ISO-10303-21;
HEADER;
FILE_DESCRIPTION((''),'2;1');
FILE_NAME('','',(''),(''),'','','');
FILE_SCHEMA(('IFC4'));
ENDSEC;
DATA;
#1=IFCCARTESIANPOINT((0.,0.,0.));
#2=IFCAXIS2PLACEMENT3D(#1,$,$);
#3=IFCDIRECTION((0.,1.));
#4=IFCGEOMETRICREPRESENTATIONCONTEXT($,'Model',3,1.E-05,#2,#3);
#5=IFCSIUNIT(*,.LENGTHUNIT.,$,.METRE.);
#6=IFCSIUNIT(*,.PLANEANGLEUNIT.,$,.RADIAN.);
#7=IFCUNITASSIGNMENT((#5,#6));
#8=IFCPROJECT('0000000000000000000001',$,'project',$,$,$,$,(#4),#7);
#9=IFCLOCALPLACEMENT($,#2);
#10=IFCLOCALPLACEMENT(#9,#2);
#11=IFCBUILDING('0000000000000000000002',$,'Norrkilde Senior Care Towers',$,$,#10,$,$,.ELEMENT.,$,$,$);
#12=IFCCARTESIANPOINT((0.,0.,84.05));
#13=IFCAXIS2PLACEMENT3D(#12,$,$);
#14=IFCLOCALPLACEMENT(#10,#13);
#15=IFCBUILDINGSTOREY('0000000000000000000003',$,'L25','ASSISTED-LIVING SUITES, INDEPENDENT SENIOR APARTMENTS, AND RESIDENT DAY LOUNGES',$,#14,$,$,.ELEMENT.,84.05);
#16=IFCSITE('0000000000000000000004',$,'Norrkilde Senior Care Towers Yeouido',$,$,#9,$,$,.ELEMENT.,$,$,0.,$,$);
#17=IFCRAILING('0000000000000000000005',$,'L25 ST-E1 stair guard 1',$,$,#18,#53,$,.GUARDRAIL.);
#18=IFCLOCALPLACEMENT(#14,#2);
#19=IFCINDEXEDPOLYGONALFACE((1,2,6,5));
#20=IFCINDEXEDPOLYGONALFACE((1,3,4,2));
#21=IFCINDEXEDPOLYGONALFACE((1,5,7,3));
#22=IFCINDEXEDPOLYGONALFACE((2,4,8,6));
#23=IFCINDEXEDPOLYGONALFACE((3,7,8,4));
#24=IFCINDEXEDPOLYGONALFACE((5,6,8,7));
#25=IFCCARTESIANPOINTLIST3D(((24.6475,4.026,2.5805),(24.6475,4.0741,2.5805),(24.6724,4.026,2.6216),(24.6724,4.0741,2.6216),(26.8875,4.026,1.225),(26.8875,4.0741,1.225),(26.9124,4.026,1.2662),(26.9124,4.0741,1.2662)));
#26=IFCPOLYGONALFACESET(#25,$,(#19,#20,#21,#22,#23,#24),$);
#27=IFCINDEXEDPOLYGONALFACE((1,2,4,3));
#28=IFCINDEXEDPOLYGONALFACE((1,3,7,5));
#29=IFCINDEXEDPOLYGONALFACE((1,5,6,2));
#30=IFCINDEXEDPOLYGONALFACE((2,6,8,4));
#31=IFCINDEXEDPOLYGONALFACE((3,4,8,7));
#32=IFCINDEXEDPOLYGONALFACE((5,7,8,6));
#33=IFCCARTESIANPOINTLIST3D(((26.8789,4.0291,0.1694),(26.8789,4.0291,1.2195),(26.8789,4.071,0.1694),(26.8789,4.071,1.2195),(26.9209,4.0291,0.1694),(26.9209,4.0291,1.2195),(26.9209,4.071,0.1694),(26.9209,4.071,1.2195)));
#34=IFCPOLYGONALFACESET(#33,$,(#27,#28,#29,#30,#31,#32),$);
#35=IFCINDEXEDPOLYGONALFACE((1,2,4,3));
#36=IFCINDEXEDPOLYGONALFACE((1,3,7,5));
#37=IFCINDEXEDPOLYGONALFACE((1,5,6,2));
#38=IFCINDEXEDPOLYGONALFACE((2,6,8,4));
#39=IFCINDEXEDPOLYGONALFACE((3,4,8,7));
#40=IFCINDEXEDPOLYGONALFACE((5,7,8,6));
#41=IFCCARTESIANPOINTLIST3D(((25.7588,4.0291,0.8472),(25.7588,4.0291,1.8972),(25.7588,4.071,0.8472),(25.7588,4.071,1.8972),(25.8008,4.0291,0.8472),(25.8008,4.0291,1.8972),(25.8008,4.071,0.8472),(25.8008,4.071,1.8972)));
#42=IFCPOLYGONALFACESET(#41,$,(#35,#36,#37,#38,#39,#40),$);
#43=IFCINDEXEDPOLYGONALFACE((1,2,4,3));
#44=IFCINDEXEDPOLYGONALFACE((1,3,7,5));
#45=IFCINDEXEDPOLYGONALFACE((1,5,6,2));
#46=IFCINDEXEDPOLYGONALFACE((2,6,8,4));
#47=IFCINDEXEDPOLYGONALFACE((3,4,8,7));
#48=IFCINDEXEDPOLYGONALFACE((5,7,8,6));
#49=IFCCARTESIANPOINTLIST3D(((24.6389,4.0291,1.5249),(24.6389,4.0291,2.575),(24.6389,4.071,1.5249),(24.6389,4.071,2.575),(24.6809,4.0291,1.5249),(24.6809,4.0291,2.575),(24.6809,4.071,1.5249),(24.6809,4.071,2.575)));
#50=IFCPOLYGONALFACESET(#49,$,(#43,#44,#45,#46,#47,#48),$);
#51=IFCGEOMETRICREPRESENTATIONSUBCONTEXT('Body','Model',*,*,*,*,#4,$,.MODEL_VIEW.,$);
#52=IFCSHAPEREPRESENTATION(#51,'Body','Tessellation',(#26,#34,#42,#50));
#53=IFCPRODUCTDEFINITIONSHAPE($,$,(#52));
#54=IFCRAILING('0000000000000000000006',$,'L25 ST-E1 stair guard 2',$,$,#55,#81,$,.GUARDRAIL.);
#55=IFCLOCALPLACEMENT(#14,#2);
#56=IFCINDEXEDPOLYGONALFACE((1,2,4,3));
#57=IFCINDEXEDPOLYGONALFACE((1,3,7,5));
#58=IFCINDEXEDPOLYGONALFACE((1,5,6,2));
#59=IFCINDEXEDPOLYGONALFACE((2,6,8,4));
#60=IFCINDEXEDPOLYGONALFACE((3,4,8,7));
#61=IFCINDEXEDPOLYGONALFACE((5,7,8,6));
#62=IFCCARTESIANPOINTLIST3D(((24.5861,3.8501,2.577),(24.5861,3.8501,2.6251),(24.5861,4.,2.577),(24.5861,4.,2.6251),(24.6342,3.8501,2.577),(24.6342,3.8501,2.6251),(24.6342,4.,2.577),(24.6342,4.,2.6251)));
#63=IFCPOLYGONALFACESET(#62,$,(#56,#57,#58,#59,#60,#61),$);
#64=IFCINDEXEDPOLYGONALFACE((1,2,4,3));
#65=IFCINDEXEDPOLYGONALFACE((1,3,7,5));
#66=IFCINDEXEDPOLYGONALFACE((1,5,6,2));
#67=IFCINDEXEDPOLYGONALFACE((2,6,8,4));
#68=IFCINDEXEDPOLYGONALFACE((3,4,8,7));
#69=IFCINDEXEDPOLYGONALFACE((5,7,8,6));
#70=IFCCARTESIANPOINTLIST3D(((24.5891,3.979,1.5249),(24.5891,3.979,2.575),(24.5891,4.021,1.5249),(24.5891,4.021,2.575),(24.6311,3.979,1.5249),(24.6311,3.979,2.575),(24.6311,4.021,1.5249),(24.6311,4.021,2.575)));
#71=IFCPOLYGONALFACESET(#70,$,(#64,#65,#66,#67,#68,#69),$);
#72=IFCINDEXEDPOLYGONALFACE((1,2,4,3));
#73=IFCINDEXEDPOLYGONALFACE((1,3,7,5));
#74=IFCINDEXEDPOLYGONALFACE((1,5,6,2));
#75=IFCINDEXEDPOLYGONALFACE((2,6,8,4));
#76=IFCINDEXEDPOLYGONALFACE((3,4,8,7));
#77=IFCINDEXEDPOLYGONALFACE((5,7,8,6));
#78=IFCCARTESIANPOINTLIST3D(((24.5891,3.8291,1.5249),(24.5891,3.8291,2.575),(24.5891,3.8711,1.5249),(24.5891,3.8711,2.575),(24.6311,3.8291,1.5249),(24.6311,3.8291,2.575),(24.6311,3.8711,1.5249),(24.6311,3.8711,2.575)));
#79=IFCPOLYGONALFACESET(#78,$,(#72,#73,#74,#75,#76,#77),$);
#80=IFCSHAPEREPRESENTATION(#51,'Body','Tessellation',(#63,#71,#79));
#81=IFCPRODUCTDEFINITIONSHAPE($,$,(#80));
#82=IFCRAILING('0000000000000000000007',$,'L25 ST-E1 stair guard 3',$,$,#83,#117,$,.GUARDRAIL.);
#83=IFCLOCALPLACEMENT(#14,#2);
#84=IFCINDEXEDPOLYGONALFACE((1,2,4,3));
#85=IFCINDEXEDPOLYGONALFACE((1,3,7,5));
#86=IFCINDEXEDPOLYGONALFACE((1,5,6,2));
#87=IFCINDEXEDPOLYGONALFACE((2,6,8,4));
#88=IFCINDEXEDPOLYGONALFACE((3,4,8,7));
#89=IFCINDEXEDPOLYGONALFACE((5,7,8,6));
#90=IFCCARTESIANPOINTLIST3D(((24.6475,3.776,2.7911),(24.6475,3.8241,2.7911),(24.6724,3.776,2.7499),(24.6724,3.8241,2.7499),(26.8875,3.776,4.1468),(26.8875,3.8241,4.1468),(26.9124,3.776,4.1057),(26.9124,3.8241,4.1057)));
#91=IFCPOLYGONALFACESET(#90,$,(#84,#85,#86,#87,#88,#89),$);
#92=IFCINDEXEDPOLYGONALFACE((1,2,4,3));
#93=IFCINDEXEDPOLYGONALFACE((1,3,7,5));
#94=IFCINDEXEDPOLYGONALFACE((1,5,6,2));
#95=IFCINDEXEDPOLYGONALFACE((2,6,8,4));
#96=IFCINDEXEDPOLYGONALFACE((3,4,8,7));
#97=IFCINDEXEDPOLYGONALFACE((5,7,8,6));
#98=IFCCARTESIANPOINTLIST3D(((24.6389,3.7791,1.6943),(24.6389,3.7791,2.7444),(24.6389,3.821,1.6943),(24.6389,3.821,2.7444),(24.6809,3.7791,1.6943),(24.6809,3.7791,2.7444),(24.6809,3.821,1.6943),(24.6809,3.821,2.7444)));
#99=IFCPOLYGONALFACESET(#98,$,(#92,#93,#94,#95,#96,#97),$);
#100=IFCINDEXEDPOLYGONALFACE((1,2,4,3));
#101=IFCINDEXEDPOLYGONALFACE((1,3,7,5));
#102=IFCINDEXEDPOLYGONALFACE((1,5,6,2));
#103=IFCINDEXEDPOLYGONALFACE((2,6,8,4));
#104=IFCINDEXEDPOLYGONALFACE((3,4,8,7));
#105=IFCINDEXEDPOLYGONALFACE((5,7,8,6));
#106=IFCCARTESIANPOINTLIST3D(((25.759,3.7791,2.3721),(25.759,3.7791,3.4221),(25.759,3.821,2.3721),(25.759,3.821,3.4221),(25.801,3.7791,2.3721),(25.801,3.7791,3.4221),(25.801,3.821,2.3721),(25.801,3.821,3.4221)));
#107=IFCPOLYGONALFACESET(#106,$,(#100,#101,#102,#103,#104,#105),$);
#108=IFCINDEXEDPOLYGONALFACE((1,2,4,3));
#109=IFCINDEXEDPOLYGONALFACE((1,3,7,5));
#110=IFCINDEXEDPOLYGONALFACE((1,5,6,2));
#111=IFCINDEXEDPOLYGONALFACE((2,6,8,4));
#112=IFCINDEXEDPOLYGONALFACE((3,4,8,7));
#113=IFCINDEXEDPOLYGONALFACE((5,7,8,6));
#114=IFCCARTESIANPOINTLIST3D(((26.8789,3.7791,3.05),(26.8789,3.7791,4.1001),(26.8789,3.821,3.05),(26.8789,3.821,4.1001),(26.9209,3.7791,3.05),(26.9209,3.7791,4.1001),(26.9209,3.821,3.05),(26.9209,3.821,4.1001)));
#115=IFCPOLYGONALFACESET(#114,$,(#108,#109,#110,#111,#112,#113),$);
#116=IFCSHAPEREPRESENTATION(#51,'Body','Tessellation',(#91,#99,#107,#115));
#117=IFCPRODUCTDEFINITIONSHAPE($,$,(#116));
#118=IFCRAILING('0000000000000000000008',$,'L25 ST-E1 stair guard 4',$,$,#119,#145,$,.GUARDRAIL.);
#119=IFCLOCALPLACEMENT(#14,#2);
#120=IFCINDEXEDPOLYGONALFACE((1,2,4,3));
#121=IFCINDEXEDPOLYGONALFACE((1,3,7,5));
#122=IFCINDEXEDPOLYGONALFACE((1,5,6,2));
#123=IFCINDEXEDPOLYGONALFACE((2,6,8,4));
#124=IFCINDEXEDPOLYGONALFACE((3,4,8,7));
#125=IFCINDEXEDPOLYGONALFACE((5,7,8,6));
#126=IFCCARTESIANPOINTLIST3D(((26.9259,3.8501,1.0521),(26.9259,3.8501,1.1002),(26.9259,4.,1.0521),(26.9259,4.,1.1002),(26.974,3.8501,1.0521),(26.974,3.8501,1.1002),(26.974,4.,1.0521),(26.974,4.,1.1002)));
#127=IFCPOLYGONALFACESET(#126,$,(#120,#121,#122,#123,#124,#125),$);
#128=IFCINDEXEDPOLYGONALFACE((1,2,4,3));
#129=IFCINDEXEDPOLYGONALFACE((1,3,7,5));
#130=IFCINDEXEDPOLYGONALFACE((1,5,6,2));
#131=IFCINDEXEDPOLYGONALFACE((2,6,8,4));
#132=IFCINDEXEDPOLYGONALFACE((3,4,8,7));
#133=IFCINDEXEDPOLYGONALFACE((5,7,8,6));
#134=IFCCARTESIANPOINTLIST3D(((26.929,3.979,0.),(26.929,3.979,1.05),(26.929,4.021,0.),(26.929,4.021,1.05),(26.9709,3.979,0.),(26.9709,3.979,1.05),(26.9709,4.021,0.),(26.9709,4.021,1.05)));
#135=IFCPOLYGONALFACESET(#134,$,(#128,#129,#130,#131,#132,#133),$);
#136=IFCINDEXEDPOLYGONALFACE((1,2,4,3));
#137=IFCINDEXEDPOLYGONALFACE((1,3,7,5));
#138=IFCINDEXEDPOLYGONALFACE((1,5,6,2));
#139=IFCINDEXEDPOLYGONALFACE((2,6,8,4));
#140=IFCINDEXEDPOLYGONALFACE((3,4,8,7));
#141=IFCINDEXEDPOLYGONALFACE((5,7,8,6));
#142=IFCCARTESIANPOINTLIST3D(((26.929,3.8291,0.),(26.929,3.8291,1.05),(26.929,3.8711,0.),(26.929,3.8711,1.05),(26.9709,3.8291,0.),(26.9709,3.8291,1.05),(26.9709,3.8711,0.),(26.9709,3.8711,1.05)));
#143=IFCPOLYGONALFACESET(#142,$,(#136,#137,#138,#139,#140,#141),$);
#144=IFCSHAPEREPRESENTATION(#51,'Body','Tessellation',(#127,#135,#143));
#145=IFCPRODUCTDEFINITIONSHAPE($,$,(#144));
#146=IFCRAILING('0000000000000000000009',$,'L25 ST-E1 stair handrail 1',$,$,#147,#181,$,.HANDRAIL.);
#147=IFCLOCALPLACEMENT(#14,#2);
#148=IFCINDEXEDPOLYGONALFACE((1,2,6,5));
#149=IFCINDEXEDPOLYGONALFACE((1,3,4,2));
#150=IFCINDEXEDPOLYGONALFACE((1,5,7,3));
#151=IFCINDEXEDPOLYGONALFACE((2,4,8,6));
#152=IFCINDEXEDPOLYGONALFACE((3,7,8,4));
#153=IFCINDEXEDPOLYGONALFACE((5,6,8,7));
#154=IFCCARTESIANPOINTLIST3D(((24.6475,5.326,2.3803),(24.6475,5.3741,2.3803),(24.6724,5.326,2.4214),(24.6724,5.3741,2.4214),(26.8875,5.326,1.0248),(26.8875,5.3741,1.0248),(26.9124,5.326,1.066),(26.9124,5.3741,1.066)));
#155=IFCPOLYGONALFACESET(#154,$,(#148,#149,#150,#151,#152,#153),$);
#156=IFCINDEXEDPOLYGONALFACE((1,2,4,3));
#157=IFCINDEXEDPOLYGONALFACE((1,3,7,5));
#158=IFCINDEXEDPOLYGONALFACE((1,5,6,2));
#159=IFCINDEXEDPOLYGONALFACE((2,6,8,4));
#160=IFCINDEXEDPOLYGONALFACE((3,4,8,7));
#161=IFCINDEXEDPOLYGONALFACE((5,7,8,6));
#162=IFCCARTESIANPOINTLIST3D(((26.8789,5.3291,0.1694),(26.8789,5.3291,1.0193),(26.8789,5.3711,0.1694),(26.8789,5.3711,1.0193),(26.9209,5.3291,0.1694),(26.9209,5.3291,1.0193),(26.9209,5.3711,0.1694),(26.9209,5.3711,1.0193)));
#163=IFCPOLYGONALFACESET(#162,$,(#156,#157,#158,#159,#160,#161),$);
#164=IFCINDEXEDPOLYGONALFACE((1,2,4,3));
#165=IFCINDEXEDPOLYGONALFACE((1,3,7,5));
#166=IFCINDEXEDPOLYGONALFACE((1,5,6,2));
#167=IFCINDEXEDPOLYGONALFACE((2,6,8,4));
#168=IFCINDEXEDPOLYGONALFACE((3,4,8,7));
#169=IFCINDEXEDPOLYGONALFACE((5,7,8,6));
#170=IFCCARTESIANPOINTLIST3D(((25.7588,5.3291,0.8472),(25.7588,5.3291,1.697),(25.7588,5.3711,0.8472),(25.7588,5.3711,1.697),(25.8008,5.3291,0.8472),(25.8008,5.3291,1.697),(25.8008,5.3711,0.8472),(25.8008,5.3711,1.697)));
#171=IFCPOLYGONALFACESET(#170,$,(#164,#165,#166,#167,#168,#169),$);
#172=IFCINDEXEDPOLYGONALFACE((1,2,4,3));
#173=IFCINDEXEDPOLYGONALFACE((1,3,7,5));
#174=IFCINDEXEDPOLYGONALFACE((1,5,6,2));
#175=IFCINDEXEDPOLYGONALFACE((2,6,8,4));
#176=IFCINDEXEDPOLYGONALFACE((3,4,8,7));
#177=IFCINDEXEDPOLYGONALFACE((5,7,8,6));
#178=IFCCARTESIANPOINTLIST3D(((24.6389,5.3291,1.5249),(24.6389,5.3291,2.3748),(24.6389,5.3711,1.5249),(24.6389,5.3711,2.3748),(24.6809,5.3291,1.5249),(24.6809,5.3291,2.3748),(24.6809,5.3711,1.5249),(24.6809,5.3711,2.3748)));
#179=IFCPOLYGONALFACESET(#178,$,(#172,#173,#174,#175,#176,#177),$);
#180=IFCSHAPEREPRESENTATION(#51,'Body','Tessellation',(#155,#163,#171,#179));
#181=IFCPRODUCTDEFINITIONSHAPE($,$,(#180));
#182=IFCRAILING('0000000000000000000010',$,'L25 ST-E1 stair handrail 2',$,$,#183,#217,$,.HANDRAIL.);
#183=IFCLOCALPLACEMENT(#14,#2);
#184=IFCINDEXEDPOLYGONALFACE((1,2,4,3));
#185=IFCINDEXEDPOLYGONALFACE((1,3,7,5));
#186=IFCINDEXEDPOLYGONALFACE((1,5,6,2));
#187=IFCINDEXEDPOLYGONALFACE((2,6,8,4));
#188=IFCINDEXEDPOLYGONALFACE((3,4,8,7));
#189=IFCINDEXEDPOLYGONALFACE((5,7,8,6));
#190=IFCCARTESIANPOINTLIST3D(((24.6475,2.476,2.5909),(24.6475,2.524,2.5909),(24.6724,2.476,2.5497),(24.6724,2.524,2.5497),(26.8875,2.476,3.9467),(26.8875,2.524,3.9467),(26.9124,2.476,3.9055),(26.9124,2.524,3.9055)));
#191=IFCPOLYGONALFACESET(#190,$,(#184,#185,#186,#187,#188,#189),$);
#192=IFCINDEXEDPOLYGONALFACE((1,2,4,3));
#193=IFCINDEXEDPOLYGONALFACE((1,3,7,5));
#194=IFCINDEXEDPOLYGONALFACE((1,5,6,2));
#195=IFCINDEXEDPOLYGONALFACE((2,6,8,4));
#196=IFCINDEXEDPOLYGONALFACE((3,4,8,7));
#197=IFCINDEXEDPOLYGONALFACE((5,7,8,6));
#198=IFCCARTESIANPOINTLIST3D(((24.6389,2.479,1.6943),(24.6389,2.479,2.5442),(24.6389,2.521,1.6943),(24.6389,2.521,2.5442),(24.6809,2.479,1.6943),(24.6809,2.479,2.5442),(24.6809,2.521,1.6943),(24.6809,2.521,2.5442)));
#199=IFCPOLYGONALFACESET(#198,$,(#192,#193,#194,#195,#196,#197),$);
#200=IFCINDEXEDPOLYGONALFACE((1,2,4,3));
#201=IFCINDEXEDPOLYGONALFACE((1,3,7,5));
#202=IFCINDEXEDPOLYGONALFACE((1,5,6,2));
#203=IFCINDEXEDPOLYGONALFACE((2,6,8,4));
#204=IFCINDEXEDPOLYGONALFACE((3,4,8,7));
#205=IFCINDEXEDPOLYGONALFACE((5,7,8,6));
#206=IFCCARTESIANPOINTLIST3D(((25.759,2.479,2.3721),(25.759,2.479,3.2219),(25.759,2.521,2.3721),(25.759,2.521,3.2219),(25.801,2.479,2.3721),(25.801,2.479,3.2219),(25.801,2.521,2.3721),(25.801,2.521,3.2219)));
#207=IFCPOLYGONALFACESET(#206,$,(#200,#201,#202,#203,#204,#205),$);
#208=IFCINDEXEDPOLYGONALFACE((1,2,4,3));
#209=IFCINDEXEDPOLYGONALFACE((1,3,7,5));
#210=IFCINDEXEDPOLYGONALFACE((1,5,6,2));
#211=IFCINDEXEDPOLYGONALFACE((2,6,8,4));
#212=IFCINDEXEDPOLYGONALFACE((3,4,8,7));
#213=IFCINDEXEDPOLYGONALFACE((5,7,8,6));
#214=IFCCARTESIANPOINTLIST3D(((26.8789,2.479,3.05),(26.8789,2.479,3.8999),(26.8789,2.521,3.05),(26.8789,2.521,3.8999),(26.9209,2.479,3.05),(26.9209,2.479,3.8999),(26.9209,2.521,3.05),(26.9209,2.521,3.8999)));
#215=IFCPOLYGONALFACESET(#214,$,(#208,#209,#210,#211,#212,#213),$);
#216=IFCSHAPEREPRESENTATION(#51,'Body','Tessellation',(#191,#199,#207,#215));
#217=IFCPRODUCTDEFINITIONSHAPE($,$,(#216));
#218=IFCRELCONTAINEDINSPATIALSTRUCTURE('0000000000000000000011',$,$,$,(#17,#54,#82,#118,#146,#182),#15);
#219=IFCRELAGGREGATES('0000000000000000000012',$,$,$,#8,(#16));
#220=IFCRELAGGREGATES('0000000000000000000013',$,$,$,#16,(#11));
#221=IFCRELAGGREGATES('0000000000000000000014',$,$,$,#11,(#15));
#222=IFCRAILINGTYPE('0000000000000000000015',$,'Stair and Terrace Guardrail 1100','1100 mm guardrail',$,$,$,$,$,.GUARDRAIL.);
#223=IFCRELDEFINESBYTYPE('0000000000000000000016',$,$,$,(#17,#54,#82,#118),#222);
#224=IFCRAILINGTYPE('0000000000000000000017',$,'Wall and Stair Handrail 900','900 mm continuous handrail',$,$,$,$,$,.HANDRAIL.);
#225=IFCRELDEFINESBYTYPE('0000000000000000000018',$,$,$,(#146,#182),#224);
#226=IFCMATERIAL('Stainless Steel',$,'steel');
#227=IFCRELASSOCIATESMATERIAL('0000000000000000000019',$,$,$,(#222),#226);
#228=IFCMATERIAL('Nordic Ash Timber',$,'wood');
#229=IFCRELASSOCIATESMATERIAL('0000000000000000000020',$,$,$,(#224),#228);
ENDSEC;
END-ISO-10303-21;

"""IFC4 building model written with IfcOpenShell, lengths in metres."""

from ifc_helpers import new_model, si_unit, direction, frame, origin, origin_2d, place, context, subcontext, project, spatial, rectangle, extrude, material, type_object, element, save


model = new_model("IFC4")

# Units and contexts
model_context = context("Model", 3, precision=1e-05, world=origin(), true_north=direction((0.0, 1.0)))
body_context = subcontext(model_context, "Body", "Model", "MODEL_VIEW")
ifc_project = project(units=[si_unit("LENGTHUNIT", "METRE"), si_unit("PLANEANGLEUNIT", "RADIAN")], contexts=[model_context])

# Site, building, storey
site_placement = place(None, origin())
site = spatial("IfcSite", under=ifc_project, at=site_placement, Name="Norrkilde Senior Care Towers Yeouido", CompositionType="ELEMENT", RefElevation=0.0)
building_placement = place(site_placement, origin())
building = spatial("IfcBuilding", under=site, at=building_placement, Name="Norrkilde Senior Care Towers", CompositionType="ELEMENT")
storey_placement = place(building_placement, frame((0.0, 0.0, 84.05)))
storey = spatial("IfcBuildingStorey", under=building, at=storey_placement, Name="L25", Description="ASSISTED-LIVING SUITES, INDEPENDENT SENIOR APARTMENTS, AND RESIDENT DAY LOUNGES", CompositionType="ELEMENT", Elevation=84.05)

# Railings
ifc_material_1 = material(Name="Stainless Steel", Category="steel")
railing_type_1 = type_object("IfcRailingType", Name="Stair and Terrace Guardrail 1100", Description="1100 mm guardrail", PredefinedType="GUARDRAIL", material=ifc_material_1)
railing_1_placement = place(storey_placement, frame((26.8999, 4.05, 0.1694)))
element("IfcRailing", 1, at=railing_1_placement, inside=storey, type_object=railing_type_1, Name="L25 ST-E1 stair guard 1", PredefinedType="GUARDRAIL", context=body_context, shape_type="SweptSolid", body=[
    extrude(rectangle(XDim=0.0481, YDim=0.0481, at=origin_2d()), frame((0.0, 0.0, 1.0762), z_axis=(-0.855553, 0.0, 0.517715), x_axis=(0.0, -1.0, 0.0)), (0.0, 0.0, 1.0), 2.6182),
    extrude(rectangle(XDim=0.042, YDim=0.042, at=origin_2d()), origin(), (0.0, 0.0, 1.0), 1.05),
    extrude(rectangle(XDim=0.042, YDim=0.042, at=origin_2d()), frame((-1.1201, 0.0, 0.6777)), (0.0, 0.0, 1.0), 1.05),
    extrude(rectangle(XDim=0.042, YDim=0.042, at=origin_2d()), frame((-2.24, 0.0, 1.3555)), (0.0, 0.0, 1.0), 1.05),
])
railing_2_placement = place(storey_placement, frame((24.6101, 4.0, 1.5249)))
element("IfcRailing", 2, at=railing_2_placement, inside=storey, type_object=railing_type_1, Name="L25 ST-E1 stair guard 2", PredefinedType="GUARDRAIL", context=body_context, shape_type="SweptSolid", body=[
    extrude(rectangle(XDim=0.0481, YDim=0.0481, at=origin_2d()), frame((0.0, 0.0, 1.0762), z_axis=(0.0, -1.0, 0.0), x_axis=(1.0, 0.0, 0.0)), (0.0, 0.0, 1.0), 0.1499),
    extrude(rectangle(XDim=0.042, YDim=0.042, at=origin_2d()), origin(), (0.0, 0.0, 1.0), 1.05),
    extrude(rectangle(XDim=0.042, YDim=0.042, at=origin_2d()), frame((0.0, -0.1499, 0.0)), (0.0, 0.0, 1.0), 1.05),
])
railing_3_placement = place(storey_placement, frame((24.6599, 3.8, 1.6943)))
element("IfcRailing", 3, at=railing_3_placement, inside=storey, type_object=railing_type_1, Name="L25 ST-E1 stair guard 3", PredefinedType="GUARDRAIL", context=body_context, shape_type="SweptSolid", body=[
    extrude(rectangle(XDim=0.0481, YDim=0.0481, at=origin_2d()), frame((0.0, 0.0, 1.0762), z_axis=(0.855512, 0.0, 0.517783), x_axis=(0.0, 1.0, 0.0)), (0.0, 0.0, 1.0), 2.6184),
    extrude(rectangle(XDim=0.042, YDim=0.042, at=origin_2d()), origin(), (0.0, 0.0, 1.0), 1.05),
    extrude(rectangle(XDim=0.042, YDim=0.042, at=origin_2d()), frame((1.1201, 0.0, 0.6777)), (0.0, 0.0, 1.0), 1.05),
    extrude(rectangle(XDim=0.042, YDim=0.042, at=origin_2d()), frame((2.24, 0.0, 1.3557)), (0.0, 0.0, 1.0), 1.05),
])
railing_4_placement = place(storey_placement, frame((26.95, 4.0, 0.0)))
element("IfcRailing", 4, at=railing_4_placement, inside=storey, type_object=railing_type_1, Name="L25 ST-E1 stair guard 4", PredefinedType="GUARDRAIL", context=body_context, shape_type="SweptSolid", body=[
    extrude(rectangle(XDim=0.0481, YDim=0.0481, at=origin_2d()), frame((0.0, 0.0, 1.0762), z_axis=(0.0, -1.0, 0.0), x_axis=(1.0, 0.0, 0.0)), (0.0, 0.0, 1.0), 0.1499),
    extrude(rectangle(XDim=0.042, YDim=0.042, at=origin_2d()), origin(), (0.0, 0.0, 1.0), 1.05),
    extrude(rectangle(XDim=0.042, YDim=0.042, at=origin_2d()), frame((0.0, -0.1499, 0.0)), (0.0, 0.0, 1.0), 1.05),
])
ifc_material_2 = material(Name="Nordic Ash Timber", Category="wood")
railing_type_2 = type_object("IfcRailingType", Name="Wall and Stair Handrail 900", Description="900 mm continuous handrail", PredefinedType="HANDRAIL", material=ifc_material_2)
railing_5_placement = place(storey_placement, frame((26.8999, 5.3501, 0.1694)))
element("IfcRailing", 5, at=railing_5_placement, inside=storey, type_object=railing_type_2, Name="L25 ST-E1 stair handrail 1", PredefinedType="HANDRAIL", context=body_context, shape_type="SweptSolid", body=[
    extrude(rectangle(XDim=0.0481, YDim=0.0481, at=origin_2d()), frame((0.0, 0.0, 0.876), z_axis=(-0.855553, 0.0, 0.517715), x_axis=(0.0, -1.0, 0.0)), (0.0, 0.0, 1.0), 2.6182),
    extrude(rectangle(XDim=0.042, YDim=0.042, at=origin_2d()), origin(), (0.0, 0.0, 1.0), 0.8499),
    extrude(rectangle(XDim=0.042, YDim=0.042, at=origin_2d()), frame((-1.1201, 0.0, 0.6777)), (0.0, 0.0, 1.0), 0.8499),
    extrude(rectangle(XDim=0.042, YDim=0.042, at=origin_2d()), frame((-2.24, 0.0, 1.3555)), (0.0, 0.0, 1.0), 0.8499),
])
railing_6_placement = place(storey_placement, frame((24.6599, 2.5, 1.6943)))
element("IfcRailing", 6, at=railing_6_placement, inside=storey, type_object=railing_type_2, Name="L25 ST-E1 stair handrail 2", PredefinedType="HANDRAIL", context=body_context, shape_type="SweptSolid", body=[
    extrude(rectangle(XDim=0.0481, YDim=0.0481, at=origin_2d()), frame((0.0, 0.0, 0.876), z_axis=(0.855512, 0.0, 0.517783), x_axis=(0.0, 1.0, 0.0)), (0.0, 0.0, 1.0), 2.6184),
    extrude(rectangle(XDim=0.042, YDim=0.042, at=origin_2d()), origin(), (0.0, 0.0, 1.0), 0.8499),
    extrude(rectangle(XDim=0.042, YDim=0.042, at=origin_2d()), frame((1.1201, 0.0, 0.6777)), (0.0, 0.0, 1.0), 0.8499),
    extrude(rectangle(XDim=0.042, YDim=0.042, at=origin_2d()), frame((2.24, 0.0, 1.3557)), (0.0, 0.0, 1.0), 0.8499),
])

save(model, "model.ifc")
